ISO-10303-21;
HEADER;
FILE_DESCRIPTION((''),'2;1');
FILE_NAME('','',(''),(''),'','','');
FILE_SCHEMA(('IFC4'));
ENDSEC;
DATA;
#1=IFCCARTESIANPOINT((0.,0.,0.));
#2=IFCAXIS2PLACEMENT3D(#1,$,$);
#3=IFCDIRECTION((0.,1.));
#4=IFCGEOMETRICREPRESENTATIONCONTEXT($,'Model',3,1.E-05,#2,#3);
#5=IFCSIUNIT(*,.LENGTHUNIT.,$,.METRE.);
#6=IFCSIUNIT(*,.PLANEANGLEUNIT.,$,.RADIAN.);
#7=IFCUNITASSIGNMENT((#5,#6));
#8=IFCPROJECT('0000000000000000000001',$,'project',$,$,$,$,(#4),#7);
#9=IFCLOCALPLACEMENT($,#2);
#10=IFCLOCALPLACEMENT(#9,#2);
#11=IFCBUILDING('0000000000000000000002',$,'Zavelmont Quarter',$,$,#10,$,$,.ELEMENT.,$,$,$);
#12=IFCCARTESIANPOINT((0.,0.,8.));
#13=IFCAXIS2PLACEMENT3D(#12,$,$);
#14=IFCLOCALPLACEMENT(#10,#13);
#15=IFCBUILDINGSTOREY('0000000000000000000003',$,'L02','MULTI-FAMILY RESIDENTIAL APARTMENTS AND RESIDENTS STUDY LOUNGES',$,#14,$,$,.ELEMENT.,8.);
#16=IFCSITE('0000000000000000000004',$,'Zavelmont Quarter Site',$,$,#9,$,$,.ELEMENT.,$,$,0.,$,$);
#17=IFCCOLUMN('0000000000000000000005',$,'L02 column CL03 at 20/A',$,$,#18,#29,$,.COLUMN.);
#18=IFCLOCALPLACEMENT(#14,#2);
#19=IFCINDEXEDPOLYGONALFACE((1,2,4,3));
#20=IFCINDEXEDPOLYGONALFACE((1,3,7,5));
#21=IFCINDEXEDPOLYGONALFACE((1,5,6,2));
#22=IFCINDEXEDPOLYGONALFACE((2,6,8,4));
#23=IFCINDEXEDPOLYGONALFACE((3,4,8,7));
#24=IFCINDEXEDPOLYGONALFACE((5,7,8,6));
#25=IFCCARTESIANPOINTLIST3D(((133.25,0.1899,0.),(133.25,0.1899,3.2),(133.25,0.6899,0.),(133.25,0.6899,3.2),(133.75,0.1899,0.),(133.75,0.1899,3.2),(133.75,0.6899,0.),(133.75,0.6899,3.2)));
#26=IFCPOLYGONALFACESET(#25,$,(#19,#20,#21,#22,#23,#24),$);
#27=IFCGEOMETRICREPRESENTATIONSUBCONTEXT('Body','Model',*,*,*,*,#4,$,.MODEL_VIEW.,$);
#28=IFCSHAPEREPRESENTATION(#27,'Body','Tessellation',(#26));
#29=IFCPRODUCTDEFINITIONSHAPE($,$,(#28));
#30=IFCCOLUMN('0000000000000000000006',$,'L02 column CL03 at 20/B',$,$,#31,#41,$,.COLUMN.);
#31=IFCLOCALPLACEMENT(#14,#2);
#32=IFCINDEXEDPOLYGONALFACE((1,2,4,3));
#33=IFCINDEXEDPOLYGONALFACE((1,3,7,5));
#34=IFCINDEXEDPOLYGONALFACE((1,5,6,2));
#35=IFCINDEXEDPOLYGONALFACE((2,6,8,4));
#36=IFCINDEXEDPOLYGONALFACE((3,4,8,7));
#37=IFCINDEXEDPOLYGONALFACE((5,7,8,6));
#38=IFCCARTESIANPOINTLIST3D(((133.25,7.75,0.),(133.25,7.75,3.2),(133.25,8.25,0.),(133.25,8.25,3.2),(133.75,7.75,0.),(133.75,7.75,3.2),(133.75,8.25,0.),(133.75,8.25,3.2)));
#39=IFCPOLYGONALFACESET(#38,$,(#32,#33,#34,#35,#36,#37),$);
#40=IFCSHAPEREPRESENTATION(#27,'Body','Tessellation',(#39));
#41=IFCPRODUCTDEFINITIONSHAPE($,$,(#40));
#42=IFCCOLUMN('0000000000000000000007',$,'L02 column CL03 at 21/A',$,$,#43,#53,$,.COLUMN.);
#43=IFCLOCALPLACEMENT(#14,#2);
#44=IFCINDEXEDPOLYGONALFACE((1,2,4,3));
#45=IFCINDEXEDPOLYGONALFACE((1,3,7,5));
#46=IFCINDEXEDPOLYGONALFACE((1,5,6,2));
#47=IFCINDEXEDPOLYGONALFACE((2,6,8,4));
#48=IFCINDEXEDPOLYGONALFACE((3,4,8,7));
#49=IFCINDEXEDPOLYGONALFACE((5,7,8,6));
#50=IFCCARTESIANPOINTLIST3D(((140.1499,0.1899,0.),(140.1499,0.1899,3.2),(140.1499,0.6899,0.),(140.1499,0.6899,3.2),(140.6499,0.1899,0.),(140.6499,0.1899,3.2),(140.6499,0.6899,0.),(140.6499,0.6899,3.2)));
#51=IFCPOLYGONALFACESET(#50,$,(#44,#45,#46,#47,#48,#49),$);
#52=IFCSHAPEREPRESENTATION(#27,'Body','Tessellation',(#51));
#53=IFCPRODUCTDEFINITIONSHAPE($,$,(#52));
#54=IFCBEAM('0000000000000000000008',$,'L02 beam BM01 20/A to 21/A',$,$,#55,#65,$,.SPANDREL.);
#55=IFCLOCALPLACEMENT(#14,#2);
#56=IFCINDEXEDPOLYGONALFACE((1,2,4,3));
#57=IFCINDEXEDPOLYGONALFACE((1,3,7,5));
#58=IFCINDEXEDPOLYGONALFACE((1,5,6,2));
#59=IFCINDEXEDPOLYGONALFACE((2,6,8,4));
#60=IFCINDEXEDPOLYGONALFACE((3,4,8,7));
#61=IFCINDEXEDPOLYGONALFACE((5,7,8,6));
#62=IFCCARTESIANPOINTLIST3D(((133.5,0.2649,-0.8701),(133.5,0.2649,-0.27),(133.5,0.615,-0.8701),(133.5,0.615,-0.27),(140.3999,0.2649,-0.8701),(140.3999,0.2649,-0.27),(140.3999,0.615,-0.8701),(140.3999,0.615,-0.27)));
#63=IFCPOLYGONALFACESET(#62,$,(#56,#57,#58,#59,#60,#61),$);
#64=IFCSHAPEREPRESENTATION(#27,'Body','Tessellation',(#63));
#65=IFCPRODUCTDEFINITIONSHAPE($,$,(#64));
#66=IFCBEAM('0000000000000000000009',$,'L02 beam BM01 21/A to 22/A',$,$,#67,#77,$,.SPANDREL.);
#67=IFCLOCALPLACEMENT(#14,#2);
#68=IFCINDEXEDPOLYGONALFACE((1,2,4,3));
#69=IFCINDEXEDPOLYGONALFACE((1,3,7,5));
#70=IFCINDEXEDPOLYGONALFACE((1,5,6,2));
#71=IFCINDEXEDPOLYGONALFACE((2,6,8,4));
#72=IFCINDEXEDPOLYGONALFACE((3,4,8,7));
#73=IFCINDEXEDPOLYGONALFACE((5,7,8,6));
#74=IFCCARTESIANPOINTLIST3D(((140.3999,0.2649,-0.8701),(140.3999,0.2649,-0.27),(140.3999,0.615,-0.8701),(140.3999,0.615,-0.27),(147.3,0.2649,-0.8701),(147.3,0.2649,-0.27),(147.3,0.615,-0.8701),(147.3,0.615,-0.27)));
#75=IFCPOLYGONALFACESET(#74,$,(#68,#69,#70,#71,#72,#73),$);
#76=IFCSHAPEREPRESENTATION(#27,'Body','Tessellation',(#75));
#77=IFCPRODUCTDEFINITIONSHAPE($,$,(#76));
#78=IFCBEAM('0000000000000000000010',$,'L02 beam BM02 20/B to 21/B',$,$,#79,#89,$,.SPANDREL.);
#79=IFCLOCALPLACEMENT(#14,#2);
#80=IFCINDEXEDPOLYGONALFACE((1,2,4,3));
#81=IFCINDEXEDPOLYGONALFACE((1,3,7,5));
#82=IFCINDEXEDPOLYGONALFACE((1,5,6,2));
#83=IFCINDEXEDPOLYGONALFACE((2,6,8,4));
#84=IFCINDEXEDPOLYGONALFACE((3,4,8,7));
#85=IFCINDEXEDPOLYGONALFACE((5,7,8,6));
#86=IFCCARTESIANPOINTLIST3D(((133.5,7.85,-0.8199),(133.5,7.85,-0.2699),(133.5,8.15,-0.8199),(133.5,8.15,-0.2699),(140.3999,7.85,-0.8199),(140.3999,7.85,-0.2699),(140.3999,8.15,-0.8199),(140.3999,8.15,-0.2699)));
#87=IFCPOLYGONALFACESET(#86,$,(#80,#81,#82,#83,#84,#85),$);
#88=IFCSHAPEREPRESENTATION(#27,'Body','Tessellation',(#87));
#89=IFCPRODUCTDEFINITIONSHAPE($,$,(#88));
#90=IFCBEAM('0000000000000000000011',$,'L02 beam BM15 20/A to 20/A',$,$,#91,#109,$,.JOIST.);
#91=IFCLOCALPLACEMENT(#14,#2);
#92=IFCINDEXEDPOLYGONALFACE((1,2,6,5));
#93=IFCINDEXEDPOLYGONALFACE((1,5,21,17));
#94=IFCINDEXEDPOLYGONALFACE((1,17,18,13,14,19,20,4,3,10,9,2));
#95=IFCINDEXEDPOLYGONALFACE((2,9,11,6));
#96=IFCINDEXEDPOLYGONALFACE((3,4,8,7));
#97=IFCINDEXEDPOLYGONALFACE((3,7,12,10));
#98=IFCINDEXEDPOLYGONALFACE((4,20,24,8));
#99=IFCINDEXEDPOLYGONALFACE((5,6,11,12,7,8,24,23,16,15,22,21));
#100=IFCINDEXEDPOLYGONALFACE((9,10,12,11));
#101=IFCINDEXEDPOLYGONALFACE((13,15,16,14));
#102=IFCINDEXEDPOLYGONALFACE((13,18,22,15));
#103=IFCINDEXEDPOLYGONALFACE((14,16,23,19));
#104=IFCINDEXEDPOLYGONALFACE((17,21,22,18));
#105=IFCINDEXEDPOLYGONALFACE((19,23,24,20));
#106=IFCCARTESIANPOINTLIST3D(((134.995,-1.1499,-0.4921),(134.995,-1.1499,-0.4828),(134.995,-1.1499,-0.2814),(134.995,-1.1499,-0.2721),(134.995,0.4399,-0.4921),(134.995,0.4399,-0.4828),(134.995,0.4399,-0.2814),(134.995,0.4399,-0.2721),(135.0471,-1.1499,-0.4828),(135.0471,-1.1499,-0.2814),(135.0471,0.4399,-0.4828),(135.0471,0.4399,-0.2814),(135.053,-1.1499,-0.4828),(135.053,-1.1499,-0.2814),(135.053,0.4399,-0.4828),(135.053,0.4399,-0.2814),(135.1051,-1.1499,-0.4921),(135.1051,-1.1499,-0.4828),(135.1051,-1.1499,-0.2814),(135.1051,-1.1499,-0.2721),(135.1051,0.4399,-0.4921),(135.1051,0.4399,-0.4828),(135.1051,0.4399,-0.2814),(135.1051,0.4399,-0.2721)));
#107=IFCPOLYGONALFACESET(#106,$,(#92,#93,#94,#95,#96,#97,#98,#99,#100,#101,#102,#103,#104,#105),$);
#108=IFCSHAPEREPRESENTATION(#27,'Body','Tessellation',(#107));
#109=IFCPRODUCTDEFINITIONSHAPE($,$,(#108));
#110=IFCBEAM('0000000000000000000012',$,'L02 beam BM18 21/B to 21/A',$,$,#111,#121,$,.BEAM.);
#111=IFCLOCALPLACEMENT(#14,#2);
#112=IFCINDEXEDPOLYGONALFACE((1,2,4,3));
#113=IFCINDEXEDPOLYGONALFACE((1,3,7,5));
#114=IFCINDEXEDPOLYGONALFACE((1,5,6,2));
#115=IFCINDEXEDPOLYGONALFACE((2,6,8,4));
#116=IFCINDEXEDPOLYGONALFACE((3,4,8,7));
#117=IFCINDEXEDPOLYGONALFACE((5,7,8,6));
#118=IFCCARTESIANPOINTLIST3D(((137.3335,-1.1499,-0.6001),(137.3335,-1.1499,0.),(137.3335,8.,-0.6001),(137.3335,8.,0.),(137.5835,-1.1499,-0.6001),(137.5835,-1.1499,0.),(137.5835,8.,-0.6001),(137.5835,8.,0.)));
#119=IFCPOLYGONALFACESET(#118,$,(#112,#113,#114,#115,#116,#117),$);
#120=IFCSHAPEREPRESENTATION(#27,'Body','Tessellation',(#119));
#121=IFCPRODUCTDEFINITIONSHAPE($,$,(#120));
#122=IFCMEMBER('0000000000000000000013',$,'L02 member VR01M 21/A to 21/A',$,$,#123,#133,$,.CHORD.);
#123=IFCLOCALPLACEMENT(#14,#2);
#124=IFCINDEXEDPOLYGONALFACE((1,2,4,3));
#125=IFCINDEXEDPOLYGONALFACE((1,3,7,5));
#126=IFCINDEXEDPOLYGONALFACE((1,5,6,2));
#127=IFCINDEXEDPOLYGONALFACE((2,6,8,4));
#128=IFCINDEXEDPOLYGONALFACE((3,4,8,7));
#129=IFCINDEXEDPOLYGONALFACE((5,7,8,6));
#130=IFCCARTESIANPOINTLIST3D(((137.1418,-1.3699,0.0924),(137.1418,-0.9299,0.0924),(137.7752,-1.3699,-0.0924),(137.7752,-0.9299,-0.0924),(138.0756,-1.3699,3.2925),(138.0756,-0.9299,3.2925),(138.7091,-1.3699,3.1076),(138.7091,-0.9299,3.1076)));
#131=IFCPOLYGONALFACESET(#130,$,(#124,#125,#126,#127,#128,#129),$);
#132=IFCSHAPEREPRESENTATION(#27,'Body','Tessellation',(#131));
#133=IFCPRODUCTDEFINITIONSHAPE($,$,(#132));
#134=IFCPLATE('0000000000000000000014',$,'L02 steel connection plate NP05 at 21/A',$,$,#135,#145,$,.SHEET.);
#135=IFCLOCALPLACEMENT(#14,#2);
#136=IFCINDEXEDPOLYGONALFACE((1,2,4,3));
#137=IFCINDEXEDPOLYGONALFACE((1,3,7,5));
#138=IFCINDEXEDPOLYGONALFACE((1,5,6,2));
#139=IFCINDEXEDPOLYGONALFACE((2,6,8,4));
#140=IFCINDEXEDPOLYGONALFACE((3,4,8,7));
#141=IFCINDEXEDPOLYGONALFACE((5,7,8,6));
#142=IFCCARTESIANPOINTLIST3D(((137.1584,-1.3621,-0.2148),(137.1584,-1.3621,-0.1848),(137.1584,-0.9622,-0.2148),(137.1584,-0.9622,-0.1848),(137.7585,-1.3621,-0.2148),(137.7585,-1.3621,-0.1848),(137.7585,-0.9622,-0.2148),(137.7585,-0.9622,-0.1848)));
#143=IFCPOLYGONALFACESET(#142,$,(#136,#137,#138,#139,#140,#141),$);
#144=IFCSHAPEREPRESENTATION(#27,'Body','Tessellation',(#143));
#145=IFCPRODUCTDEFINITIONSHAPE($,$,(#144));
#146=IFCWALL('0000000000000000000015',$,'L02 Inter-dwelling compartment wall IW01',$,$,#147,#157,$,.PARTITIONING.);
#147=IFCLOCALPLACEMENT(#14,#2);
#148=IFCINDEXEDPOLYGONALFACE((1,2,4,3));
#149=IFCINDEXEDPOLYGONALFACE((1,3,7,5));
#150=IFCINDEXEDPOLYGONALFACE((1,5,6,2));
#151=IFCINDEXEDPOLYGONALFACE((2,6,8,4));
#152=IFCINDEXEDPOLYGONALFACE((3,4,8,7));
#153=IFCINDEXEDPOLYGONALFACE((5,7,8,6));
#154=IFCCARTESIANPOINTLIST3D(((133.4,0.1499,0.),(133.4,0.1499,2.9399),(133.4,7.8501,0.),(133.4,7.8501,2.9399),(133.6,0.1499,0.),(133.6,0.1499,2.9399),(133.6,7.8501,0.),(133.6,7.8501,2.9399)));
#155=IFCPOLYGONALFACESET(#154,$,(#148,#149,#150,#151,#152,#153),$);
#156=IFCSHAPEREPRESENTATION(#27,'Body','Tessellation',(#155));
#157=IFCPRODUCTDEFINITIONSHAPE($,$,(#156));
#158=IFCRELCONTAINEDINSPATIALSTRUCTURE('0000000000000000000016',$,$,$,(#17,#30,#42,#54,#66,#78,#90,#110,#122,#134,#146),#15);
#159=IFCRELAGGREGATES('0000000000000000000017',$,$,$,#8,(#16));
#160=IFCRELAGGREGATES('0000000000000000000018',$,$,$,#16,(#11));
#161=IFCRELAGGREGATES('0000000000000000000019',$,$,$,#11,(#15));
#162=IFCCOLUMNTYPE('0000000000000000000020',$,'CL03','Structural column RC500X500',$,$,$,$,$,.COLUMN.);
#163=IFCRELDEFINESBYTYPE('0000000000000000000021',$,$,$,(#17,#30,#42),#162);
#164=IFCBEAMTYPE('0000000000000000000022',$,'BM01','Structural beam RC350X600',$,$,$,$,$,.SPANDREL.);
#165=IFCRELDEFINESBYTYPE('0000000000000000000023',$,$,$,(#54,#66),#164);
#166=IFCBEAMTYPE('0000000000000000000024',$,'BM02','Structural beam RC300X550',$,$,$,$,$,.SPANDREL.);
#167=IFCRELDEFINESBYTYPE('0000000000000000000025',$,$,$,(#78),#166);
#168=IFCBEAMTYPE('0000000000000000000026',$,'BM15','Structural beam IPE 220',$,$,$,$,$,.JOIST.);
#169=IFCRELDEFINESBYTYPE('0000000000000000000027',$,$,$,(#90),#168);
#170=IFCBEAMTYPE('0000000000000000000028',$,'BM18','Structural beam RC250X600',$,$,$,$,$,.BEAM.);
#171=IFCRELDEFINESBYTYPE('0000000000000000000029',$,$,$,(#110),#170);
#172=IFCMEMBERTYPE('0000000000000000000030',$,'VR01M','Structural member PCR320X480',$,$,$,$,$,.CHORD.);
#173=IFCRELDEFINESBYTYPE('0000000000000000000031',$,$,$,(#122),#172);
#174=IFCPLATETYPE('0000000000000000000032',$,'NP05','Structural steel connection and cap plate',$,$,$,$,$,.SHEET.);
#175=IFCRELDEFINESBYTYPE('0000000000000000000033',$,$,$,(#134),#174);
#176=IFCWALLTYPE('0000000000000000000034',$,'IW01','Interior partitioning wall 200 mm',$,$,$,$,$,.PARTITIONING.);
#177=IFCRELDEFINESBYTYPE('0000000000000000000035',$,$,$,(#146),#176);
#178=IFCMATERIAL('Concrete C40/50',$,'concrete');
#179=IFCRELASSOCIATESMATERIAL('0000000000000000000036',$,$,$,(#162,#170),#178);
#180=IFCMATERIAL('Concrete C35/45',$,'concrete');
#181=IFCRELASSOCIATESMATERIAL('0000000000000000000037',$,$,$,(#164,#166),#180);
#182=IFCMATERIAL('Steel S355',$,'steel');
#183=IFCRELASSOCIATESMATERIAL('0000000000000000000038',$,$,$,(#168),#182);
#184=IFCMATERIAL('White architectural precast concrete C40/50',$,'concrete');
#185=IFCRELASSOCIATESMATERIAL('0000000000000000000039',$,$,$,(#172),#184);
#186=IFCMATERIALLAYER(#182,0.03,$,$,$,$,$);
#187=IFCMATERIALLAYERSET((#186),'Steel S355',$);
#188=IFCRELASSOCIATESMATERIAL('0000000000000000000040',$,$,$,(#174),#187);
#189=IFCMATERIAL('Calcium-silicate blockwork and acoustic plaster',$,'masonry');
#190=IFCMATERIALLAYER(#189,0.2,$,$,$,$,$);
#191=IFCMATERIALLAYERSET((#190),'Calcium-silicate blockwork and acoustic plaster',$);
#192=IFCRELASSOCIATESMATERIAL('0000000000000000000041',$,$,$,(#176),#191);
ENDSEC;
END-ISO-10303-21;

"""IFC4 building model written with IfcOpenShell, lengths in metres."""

from ifc_helpers import new_model, si_unit, direction, frame, frame_2d, origin, origin_2d, place, context, subcontext, project, spatial, rectangle, i_section, extrude, material, layer, layer_set, material_profile, profile_set, type_object, element, save


model = new_model("IFC4")

# Units and contexts
model_context = context("Model", 3, precision=1e-05, world=origin(), true_north=direction((0.0, 1.0)))
body_context = subcontext(model_context, "Body", "Model", "MODEL_VIEW")
ifc_project = project(units=[si_unit("LENGTHUNIT", "METRE"), si_unit("PLANEANGLEUNIT", "RADIAN")], contexts=[model_context])

# Site, building, storey
site_placement = place(None, origin())
site = spatial("IfcSite", under=ifc_project, at=site_placement, Name="Zavelmont Quarter Site", CompositionType="ELEMENT", RefElevation=0.0)
building_placement = place(site_placement, origin())
building = spatial("IfcBuilding", under=site, at=building_placement, Name="Zavelmont Quarter", CompositionType="ELEMENT")
storey_placement = place(building_placement, frame((0.0, 0.0, 8.0)))
storey = spatial("IfcBuildingStorey", under=building, at=storey_placement, Name="L02", Description="MULTI-FAMILY RESIDENTIAL APARTMENTS AND RESIDENTS STUDY LOUNGES", CompositionType="ELEMENT", Elevation=8.0)

# Columns
ifc_material_1 = material(Name="Concrete C40/50", Category="concrete")
ifc_material_profile_1 = material_profile(ifc_material_1, rectangle(XDim=0.5, YDim=0.5, at=origin_2d()), Name="RC500X500")
ifc_profile_set_1 = profile_set([ifc_material_profile_1], Name="Concrete C40/50")
column_type = type_object("IfcColumnType", Name="CL03", Description="Structural column RC500X500", PredefinedType="COLUMN", material=ifc_profile_set_1)
for number, where, z_axis, x_axis, name in (
    (1, (133.5, 0.4399, 0.0), (0.0, 0.0, 1.0), (1.0, 0.0, 0.0), "L02 column CL03 at 20/A"),
    (2, (133.5, 8.0, 0.0), (0.0, 0.0, 1.0), (1.0, 0.0, 0.0), "L02 column CL03 at 20/B"),
    (3, (140.3999, 0.4399, 0.0), (0.0, 0.0, 1.0), (1.0, 0.0, 0.0), "L02 column CL03 at 21/A"),
):
    element("IfcColumn", number, at=place(storey_placement, frame(where, z_axis=z_axis, x_axis=x_axis)), inside=storey, type_object=column_type, Name=name, PredefinedType="COLUMN", context=body_context, shape_type="SweptSolid", body=[
        extrude(rectangle(XDim=0.5, YDim=0.5, at=origin_2d()), origin(), (0.0, 0.0, 1.0), 3.2),
    ])

# Beams
ifc_material_2 = material(Name="Concrete C35/45", Category="concrete")
ifc_material_profile_2 = material_profile(ifc_material_2, rectangle(XDim=0.3501, YDim=0.6001, at=origin_2d()), Name="RC350X600")
ifc_profile_set_2 = profile_set([ifc_material_profile_2], Name="Concrete C35/45")
beam_type_1 = type_object("IfcBeamType", Name="BM01", Description="Structural beam RC350X600", PredefinedType="SPANDREL", material=ifc_profile_set_2)
beam_1_placement = place(storey_placement, frame((133.5, 0.4399, -0.5701), z_axis=(1.0, 0.0, 0.0), x_axis=(0.0, 1.0, 0.0)))
element("IfcBeam", 4, at=beam_1_placement, inside=storey, type_object=beam_type_1, Name="L02 beam BM01 20/A to 21/A", PredefinedType="SPANDREL", context=body_context, shape_type="SweptSolid", body=[
    extrude(rectangle(XDim=0.3501, YDim=0.6001, at=origin_2d()), origin(), (0.0, 0.0, 1.0), 6.8999),
])
beam_2_placement = place(storey_placement, frame((140.3999, 0.4399, -0.5701), z_axis=(1.0, 0.0, 0.0), x_axis=(0.0, 1.0, 0.0)))
element("IfcBeam", 5, at=beam_2_placement, inside=storey, type_object=beam_type_1, Name="L02 beam BM01 21/A to 22/A", PredefinedType="SPANDREL", context=body_context, shape_type="SweptSolid", body=[
    extrude(rectangle(XDim=0.3501, YDim=0.6001, at=origin_2d()), origin(), (0.0, 0.0, 1.0), 6.9001),
])
ifc_material_profile_3 = material_profile(ifc_material_2, rectangle(XDim=0.3, YDim=0.55, at=origin_2d()), Name="RC300X550")
ifc_profile_set_3 = profile_set([ifc_material_profile_3], Name="Concrete C35/45")
beam_type_2 = type_object("IfcBeamType", Name="BM02", Description="Structural beam RC300X550", PredefinedType="SPANDREL", material=ifc_profile_set_3)
beam_3_placement = place(storey_placement, frame((133.5, 8.0, -0.5449), z_axis=(1.0, 0.0, 0.0), x_axis=(0.0, 1.0, 0.0)))
element("IfcBeam", 6, at=beam_3_placement, inside=storey, type_object=beam_type_2, Name="L02 beam BM02 20/B to 21/B", PredefinedType="SPANDREL", context=body_context, shape_type="SweptSolid", body=[
    extrude(rectangle(XDim=0.3, YDim=0.55, at=origin_2d()), origin(), (0.0, 0.0, 1.0), 6.8999),
])
ifc_material_3 = material(Name="Steel S355", Category="steel")
ifc_material_profile_4 = material_profile(ifc_material_3, i_section(OverallWidth=0.1101, OverallDepth=0.22, WebThickness=0.0059, FlangeThickness=0.0093, at=origin_2d()), Name="IPE 220")
ifc_profile_set_4 = profile_set([ifc_material_profile_4], Name="Steel S355")
beam_type_3 = type_object("IfcBeamType", Name="BM15", Description="Structural beam IPE 220", PredefinedType="JOIST", material=ifc_profile_set_4)
beam_4_placement = place(storey_placement, frame((135.05, 0.4399, -0.3821), z_axis=(0.0, -1.0, 0.0), x_axis=(1.0, 0.0, 0.0)))
element("IfcBeam", 7, at=beam_4_placement, inside=storey, type_object=beam_type_3, Name="L02 beam BM15 20/A to 20/A", PredefinedType="JOIST", context=body_context, shape_type="SweptSolid", body=[
    extrude(i_section(OverallWidth=0.1101, OverallDepth=0.22, WebThickness=0.0059, FlangeThickness=0.0093, at=origin_2d()), origin(), (0.0, 0.0, 1.0), 1.5898),
])
ifc_material_profile_5 = material_profile(ifc_material_1, rectangle(XDim=0.25, YDim=0.6001, at=origin_2d()), Name="RC250X600")
ifc_profile_set_5 = profile_set([ifc_material_profile_5], Name="Concrete C40/50")
beam_type_4 = type_object("IfcBeamType", Name="BM18", Description="Structural beam RC250X600", PredefinedType="BEAM", material=ifc_profile_set_5)
beam_5_placement = place(storey_placement, frame((137.4585, 8.0, -0.3), z_axis=(0.0, -1.0, 0.0), x_axis=(1.0, 0.0, 0.0)))
element("IfcBeam", 8, at=beam_5_placement, inside=storey, type_object=beam_type_4, Name="L02 beam BM18 21/B to 21/A", PredefinedType="BEAM", context=body_context, shape_type="SweptSolid", body=[
    extrude(rectangle(XDim=0.25, YDim=0.6001, at=origin_2d()), origin(), (0.0, 0.0, 1.0), 9.1499),
])

# Member
ifc_material_4 = material(Name="White architectural precast concrete C40/50", Category="concrete")
ifc_material_profile_6 = material_profile(ifc_material_4, rectangle(XDim=0.4399, YDim=0.6599, at=origin_2d()), Name="PCR320X480")
ifc_profile_set_6 = profile_set([ifc_material_profile_6], Name="White architectural precast concrete C40/50")
member_type = type_object("IfcMemberType", Name="VR01M", Description="Structural member PCR320X480", PredefinedType="CHORD", material=ifc_profile_set_6)
member_placement = place(storey_placement, frame((137.4585, -1.1499, 0.0), z_axis=(0.280143, 0.0, 0.959958), x_axis=(0.0, 1.0, 0.0)))
element("IfcMember", 9, at=member_placement, inside=storey, type_object=member_type, Name="L02 member VR01M 21/A to 21/A", PredefinedType="CHORD", context=body_context, shape_type="SweptSolid", body=[
    extrude(rectangle(XDim=0.4399, YDim=0.6599, at=origin_2d()), origin(), (0.0, 0.0, 1.0), 3.3335),
])

# Plate
ifc_layer_1 = layer(ifc_material_3, 0.03)
ifc_layer_set_1 = layer_set([ifc_layer_1], Name="Steel S355")
plate_type = type_object("IfcPlateType", Name="NP05", Description="Structural steel connection and cap plate", PredefinedType="SHEET", material=ifc_layer_set_1)
plate_placement = place(storey_placement, frame((137.4585, -1.1621, -0.2148), z_axis=(0.0, 0.0, 1.0), x_axis=(1.0, 0.0, 0.0)))
element("IfcPlate", 10, at=plate_placement, inside=storey, type_object=plate_type, Name="L02 steel connection plate NP05 at 21/A", PredefinedType="SHEET", context=body_context, shape_type="SweptSolid", body=[
    extrude(rectangle(XDim=0.6001, YDim=0.3999, at=origin_2d()), origin(), (0.0, 0.0, 1.0), 0.03),
])

# Wall
ifc_material_5 = material(Name="Calcium-silicate blockwork and acoustic plaster", Category="masonry")
ifc_layer_2 = layer(ifc_material_5, 0.2)
ifc_layer_set_2 = layer_set([ifc_layer_2], Name="Calcium-silicate blockwork and acoustic plaster")
wall_type_1 = type_object("IfcWallType", Name="IW01", Description="Interior partitioning wall 200 mm", PredefinedType="PARTITIONING", material=ifc_layer_set_2)
wall_1_placement = place(storey_placement, frame((133.5, 7.8501, 0.0), z_axis=(0.0, 0.0, 1.0), x_axis=(0.0, -1.0, 0.0)))
element("IfcWall", 11, at=wall_1_placement, inside=storey, type_object=wall_type_1, Name="L02 Inter-dwelling compartment wall IW01", PredefinedType="PARTITIONING", context=body_context, shape_type="SweptSolid", body=[
    extrude(rectangle(XDim=7.7002, YDim=0.2, at=frame_2d((3.8501, 0.0))), origin(), (0.0, 0.0, 1.0), 2.9399),
])

save(model, "model.ifc")
